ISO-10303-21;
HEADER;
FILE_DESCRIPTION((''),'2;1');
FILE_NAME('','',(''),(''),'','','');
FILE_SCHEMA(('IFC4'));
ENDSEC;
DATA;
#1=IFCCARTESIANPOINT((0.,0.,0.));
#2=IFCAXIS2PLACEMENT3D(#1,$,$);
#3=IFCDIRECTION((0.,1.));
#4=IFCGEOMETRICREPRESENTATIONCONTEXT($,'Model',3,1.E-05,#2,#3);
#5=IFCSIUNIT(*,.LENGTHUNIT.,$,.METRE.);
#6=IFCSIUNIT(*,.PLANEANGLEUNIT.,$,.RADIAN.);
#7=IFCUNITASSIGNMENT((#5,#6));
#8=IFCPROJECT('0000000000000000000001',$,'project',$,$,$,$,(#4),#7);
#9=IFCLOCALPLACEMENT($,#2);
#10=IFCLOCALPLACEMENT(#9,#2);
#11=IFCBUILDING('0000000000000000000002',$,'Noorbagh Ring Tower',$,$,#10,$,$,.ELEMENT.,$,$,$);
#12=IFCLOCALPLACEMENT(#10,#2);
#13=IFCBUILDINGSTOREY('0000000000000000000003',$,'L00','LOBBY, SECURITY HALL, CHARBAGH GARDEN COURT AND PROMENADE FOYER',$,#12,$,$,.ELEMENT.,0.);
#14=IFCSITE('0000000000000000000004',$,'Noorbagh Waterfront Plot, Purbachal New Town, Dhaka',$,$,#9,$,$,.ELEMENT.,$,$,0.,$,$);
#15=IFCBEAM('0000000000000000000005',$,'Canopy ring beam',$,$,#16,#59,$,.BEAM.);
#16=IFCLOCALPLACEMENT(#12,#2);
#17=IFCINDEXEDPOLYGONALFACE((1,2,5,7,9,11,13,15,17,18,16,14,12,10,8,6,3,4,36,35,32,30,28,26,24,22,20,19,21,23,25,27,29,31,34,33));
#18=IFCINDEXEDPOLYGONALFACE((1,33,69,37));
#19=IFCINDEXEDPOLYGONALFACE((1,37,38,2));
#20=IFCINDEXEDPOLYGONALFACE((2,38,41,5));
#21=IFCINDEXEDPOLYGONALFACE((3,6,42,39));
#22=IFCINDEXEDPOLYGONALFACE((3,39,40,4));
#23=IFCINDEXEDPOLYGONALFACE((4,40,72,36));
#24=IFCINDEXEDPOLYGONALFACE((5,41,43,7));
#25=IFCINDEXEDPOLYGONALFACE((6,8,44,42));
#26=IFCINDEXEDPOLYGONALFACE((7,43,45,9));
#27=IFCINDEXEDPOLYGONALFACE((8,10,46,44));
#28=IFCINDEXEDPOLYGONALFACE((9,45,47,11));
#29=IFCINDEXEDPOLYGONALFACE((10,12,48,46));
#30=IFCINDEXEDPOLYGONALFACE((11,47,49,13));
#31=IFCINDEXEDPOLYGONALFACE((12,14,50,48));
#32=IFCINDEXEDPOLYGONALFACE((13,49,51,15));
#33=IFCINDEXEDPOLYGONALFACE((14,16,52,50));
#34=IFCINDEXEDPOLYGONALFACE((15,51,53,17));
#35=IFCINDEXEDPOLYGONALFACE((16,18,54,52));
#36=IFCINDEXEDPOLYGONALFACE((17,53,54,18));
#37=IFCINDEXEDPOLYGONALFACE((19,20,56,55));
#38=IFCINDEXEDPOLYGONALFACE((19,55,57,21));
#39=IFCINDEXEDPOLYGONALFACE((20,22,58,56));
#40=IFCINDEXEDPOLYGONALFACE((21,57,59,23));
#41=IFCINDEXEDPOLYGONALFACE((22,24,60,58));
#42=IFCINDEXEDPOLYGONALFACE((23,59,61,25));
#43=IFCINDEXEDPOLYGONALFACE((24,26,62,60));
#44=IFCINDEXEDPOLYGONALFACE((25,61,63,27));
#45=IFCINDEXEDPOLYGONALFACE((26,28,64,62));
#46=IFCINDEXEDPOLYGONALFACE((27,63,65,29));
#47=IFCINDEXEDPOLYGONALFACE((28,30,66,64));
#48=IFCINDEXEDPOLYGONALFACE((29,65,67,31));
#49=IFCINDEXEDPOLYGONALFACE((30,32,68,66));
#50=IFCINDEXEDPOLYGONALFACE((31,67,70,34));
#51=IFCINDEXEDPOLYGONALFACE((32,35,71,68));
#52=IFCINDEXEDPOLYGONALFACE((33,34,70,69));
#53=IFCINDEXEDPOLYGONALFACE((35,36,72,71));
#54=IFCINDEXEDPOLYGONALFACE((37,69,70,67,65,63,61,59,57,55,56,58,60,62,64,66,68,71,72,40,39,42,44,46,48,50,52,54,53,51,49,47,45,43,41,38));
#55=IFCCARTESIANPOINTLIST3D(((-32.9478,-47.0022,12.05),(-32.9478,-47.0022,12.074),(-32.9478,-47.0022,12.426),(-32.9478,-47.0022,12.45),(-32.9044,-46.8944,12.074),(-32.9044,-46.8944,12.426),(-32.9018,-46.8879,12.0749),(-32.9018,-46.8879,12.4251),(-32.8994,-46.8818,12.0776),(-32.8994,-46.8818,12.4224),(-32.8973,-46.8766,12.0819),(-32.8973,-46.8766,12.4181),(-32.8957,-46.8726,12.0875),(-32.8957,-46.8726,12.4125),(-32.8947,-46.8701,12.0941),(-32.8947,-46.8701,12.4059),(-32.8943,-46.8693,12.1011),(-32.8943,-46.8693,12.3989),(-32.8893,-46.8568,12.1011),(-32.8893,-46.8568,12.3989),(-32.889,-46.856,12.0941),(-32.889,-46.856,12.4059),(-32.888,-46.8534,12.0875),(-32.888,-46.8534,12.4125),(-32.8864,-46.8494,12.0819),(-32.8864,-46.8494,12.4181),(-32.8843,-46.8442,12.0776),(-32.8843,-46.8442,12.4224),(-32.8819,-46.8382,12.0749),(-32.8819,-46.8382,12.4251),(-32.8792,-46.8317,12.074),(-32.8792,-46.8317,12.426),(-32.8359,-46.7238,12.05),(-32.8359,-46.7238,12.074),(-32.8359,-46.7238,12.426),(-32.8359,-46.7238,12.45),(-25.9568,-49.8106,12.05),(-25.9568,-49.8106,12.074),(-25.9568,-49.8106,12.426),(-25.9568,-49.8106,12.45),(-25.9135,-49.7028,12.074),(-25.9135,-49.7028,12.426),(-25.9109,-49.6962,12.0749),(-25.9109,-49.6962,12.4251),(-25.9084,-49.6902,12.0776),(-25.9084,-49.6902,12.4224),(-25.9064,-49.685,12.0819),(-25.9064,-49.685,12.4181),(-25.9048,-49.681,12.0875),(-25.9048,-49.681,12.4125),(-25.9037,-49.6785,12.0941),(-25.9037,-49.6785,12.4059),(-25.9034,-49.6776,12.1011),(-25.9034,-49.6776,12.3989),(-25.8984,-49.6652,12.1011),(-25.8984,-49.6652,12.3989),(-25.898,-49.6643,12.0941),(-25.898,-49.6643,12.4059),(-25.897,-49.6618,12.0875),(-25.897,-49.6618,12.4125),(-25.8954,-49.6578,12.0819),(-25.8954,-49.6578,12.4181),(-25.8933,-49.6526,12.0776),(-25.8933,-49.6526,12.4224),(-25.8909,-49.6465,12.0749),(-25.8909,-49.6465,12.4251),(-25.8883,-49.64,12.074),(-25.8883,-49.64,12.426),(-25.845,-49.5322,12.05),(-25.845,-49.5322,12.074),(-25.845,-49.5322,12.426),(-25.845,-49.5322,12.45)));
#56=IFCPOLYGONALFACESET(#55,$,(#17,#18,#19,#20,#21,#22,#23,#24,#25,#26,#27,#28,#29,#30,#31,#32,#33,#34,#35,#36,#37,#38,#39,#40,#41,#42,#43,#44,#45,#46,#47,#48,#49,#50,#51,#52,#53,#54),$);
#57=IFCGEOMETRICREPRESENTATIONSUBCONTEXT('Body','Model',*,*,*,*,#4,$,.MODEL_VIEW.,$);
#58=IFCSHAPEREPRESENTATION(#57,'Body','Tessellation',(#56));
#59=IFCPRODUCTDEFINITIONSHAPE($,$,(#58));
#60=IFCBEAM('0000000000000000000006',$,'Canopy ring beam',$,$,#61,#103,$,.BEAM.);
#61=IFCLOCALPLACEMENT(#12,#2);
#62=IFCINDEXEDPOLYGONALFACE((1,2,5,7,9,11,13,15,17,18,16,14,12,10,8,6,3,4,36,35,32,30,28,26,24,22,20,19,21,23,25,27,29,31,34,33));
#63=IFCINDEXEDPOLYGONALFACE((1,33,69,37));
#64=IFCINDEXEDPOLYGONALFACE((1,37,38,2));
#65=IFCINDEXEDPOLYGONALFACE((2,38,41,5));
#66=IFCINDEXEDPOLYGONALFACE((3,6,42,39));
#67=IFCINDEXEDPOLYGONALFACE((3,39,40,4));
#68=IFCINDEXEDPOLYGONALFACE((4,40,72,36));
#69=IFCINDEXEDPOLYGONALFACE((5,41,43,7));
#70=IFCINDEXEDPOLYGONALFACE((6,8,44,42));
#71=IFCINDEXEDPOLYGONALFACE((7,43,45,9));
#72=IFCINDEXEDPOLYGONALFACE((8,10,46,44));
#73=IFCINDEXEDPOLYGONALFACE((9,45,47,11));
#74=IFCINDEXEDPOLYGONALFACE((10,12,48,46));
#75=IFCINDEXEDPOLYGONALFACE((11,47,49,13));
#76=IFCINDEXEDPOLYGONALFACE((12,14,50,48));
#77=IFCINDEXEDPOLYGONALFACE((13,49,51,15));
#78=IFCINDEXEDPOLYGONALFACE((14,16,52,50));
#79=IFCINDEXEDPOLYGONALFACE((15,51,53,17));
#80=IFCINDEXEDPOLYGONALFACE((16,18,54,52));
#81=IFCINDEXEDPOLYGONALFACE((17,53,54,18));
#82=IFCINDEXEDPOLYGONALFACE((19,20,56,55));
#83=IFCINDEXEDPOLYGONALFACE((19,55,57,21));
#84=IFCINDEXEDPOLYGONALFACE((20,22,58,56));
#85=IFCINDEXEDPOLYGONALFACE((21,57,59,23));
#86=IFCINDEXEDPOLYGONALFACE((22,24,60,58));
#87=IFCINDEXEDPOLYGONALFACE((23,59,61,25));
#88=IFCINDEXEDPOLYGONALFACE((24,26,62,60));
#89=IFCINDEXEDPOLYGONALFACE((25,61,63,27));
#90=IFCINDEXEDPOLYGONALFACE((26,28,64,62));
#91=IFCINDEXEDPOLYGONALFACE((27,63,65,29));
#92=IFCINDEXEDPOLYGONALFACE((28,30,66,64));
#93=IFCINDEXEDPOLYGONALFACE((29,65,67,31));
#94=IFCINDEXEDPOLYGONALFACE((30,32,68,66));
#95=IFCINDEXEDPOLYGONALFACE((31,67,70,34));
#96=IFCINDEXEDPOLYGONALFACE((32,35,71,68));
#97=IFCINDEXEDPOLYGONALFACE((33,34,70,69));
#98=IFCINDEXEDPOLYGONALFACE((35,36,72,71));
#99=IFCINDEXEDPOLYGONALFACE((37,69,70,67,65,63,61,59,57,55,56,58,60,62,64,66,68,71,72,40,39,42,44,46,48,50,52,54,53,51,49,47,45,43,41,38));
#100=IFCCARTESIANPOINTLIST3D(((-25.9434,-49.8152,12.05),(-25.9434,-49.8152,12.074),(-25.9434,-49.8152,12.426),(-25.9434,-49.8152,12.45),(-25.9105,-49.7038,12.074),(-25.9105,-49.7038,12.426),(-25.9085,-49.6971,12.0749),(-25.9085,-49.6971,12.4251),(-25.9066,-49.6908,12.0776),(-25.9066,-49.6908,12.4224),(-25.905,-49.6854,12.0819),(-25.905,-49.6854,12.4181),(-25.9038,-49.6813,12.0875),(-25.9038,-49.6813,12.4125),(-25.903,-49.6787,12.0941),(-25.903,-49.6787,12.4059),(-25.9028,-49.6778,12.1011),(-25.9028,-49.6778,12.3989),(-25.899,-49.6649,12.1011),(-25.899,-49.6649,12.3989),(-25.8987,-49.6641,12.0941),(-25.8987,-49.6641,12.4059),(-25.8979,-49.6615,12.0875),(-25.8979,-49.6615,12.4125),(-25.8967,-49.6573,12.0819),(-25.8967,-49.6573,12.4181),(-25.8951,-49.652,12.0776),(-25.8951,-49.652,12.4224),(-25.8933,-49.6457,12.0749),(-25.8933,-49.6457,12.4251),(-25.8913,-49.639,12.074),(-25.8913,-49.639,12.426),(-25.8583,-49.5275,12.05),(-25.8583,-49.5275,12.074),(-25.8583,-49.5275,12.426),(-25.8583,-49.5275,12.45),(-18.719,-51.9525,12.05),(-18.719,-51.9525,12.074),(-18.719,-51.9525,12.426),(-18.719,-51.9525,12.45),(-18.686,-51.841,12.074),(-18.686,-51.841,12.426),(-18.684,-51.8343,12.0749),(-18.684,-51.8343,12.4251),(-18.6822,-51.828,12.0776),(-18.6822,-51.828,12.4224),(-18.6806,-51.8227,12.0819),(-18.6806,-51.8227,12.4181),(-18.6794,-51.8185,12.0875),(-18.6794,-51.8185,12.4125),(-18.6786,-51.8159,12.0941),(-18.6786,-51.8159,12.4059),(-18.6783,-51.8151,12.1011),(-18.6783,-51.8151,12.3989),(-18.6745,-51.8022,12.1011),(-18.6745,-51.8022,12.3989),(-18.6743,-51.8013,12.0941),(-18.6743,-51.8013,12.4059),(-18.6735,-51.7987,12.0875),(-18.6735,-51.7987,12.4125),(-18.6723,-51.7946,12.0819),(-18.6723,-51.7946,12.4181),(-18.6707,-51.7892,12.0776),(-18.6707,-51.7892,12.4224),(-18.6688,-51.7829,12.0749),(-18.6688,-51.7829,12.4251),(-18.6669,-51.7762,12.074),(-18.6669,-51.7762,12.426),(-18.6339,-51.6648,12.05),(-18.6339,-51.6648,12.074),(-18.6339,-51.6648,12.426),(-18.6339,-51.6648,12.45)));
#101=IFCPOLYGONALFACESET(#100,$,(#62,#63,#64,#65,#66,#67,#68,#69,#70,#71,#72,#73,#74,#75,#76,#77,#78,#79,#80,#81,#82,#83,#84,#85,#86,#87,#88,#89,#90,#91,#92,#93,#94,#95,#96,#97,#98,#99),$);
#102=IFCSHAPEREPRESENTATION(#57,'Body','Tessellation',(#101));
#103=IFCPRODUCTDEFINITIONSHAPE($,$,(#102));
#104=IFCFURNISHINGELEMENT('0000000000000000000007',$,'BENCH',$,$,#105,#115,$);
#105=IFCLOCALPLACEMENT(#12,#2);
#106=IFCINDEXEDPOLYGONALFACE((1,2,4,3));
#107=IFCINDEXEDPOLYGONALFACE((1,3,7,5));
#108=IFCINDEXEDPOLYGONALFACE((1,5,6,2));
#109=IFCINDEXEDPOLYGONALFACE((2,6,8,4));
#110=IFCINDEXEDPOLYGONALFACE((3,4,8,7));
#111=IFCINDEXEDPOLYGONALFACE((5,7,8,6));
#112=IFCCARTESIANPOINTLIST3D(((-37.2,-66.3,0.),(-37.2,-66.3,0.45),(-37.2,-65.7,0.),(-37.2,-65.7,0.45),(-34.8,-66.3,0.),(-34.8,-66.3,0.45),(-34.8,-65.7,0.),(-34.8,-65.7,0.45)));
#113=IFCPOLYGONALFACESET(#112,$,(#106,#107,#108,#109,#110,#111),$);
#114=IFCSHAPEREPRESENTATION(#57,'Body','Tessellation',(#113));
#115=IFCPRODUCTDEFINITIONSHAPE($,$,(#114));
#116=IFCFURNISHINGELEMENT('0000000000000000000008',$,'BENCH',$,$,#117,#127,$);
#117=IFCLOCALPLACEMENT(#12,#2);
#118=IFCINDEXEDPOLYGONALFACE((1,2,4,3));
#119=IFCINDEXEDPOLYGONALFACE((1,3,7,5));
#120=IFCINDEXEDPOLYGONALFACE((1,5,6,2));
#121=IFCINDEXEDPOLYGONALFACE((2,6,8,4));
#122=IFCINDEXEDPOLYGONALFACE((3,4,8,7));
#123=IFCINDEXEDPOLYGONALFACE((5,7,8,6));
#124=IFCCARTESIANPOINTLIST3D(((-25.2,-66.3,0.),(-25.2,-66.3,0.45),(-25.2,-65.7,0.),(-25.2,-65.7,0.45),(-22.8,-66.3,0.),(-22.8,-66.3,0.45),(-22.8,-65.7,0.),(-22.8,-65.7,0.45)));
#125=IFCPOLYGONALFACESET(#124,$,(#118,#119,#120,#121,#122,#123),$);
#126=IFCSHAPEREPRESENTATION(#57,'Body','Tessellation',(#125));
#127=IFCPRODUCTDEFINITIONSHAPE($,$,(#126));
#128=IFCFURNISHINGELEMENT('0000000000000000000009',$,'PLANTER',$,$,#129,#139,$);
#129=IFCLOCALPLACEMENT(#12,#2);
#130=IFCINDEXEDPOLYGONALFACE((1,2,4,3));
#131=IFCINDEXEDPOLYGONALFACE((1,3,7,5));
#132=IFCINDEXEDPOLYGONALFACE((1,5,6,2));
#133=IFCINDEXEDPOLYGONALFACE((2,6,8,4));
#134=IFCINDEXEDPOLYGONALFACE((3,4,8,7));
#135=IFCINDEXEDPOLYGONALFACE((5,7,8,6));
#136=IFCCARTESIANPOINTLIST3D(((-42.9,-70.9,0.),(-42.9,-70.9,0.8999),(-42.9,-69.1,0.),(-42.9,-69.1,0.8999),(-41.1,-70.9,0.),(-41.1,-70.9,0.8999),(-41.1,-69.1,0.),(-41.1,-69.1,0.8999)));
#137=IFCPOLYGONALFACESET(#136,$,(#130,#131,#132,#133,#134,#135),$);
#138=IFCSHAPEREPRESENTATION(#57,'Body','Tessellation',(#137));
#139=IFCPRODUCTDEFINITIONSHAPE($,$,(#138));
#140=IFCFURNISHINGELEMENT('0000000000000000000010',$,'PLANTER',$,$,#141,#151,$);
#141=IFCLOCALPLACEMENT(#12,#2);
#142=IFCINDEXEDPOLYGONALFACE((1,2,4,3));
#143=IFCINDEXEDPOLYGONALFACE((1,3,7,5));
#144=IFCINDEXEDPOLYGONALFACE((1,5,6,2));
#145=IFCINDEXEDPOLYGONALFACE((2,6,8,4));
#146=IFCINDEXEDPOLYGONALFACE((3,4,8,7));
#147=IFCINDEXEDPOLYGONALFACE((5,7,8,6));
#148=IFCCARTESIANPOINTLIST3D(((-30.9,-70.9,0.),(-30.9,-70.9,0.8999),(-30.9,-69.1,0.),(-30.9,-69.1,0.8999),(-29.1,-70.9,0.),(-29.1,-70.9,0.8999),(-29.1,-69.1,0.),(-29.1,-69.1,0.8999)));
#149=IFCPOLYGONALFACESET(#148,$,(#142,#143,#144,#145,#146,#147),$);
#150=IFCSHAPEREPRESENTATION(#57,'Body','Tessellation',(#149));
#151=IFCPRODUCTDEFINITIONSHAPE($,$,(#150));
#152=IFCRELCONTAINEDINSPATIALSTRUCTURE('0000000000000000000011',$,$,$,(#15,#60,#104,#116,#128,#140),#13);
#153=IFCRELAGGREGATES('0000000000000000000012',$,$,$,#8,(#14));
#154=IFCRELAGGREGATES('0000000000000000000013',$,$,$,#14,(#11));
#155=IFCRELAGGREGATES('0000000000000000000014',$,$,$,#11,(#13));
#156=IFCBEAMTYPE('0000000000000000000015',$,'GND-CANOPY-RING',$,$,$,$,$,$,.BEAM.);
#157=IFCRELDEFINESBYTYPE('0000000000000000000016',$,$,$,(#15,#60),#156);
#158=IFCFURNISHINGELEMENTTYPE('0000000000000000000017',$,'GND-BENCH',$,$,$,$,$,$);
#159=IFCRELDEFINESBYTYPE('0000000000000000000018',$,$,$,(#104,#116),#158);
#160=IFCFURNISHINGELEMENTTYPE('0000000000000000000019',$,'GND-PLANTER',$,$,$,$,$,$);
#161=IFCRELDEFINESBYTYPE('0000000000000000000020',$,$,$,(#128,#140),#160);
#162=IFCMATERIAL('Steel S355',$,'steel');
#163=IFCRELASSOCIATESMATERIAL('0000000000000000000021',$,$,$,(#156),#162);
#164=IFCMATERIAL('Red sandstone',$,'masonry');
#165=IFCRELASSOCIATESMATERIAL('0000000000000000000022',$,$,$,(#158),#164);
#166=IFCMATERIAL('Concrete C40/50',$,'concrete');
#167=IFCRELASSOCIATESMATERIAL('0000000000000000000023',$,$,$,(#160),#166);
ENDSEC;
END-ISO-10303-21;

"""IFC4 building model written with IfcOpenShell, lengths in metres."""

from ifc_helpers import new_model, si_unit, direction, frame, origin, origin_2d, place, context, subcontext, project, spatial, rectangle, i_section, extrude, material, material_profile, profile_set, type_object, element, save


model = new_model("IFC4")

# Units and contexts
model_context = context("Model", 3, precision=1e-05, world=origin(), true_north=direction((0.0, 1.0)))
body_context = subcontext(model_context, "Body", "Model", "MODEL_VIEW")
ifc_project = project(units=[si_unit("LENGTHUNIT", "METRE"), si_unit("PLANEANGLEUNIT", "RADIAN")], contexts=[model_context])

# Site, building, storey
site_placement = place(None, origin())
site = spatial("IfcSite", under=ifc_project, at=site_placement, Name="Noorbagh Waterfront Plot, Purbachal New Town, Dhaka", CompositionType="ELEMENT", RefElevation=0.0)
building_placement = place(site_placement, origin())
building = spatial("IfcBuilding", under=site, at=building_placement, Name="Noorbagh Ring Tower", CompositionType="ELEMENT")
storey_placement = place(building_placement, origin())
storey = spatial("IfcBuildingStorey", under=building, at=storey_placement, Name="L00", Description="LOBBY, SECURITY HALL, CHARBAGH GARDEN COURT AND PROMENADE FOYER", CompositionType="ELEMENT", Elevation=0.0)

# Beams
ifc_material_1 = material(Name="Steel S355", Category="steel")
ifc_material_profile_1 = material_profile(ifc_material_1, i_section(OverallWidth=0.3, OverallDepth=0.3999, WebThickness=0.0134, FlangeThickness=0.0239, FilletRadius=0.0271, at=origin_2d()), Name="HEB400")
ifc_profile_set_1 = profile_set([ifc_material_profile_1], Name="Steel S355")
beam_type = type_object("IfcBeamType", Name="GND-CANOPY-RING", PredefinedType="BEAM", material=ifc_profile_set_1)
for number, where, z_axis, x_axis, name in (
    (1, (-32.8918, -46.863, 12.25), (0.927928, -0.372759, 0.0), (0.372759, 0.927928, 0.0), "Canopy ring beam"),
    (2, (-25.9009, -49.6714, 12.25), (0.958919, -0.28368, 0.0), (0.28368, 0.958919, 0.0), "Canopy ring beam"),
):
    element("IfcBeam", number, at=place(storey_placement, frame(where, z_axis=z_axis, x_axis=x_axis)), inside=storey, type_object=beam_type, Name=name, PredefinedType="BEAM", context=body_context, shape_type="SweptSolid", body=[
        extrude(i_section(OverallWidth=0.3, OverallDepth=0.3999, WebThickness=0.0134, FlangeThickness=0.0239, FilletRadius=0.0271, at=origin_2d()), origin(), (0.0, 0.0, 1.0), 7.5339),
    ])

# Furnishing elements
ifc_material_2 = material(Name="Red sandstone", Category="masonry")
furnishing_element_type_1 = type_object("IfcFurnishingElementType", Name="GND-BENCH", material=ifc_material_2)
for number, where, z_axis, x_axis, name in (
    (3, (-36.0, -66.0, 0.0), (0.0, 0.0, 1.0), (1.0, 0.0, 0.0), "BENCH"),
    (4, (-24.0, -66.0, 0.0), (0.0, 0.0, 1.0), (1.0, 0.0, 0.0), "BENCH"),
):
    element("IfcFurnishingElement", number, at=place(storey_placement, frame(where, z_axis=z_axis, x_axis=x_axis)), inside=storey, type_object=furnishing_element_type_1, Name=name, context=body_context, shape_type="SweptSolid", body=[
        extrude(rectangle(XDim=2.3999, YDim=0.6001, at=origin_2d()), origin(), (0.0, 0.0, 1.0), 0.45),
    ])
ifc_material_3 = material(Name="Concrete C40/50", Category="concrete")
furnishing_element_type_2 = type_object("IfcFurnishingElementType", Name="GND-PLANTER", material=ifc_material_3)
for number, where, z_axis, x_axis, name in (
    (5, (-42.0, -70.0, 0.0), (0.0, 0.0, 1.0), (1.0, 0.0, 0.0), "PLANTER"),
    (6, (-30.0, -70.0, 0.0), (0.0, 0.0, 1.0), (1.0, 0.0, 0.0), "PLANTER"),
):
    element("IfcFurnishingElement", number, at=place(storey_placement, frame(where, z_axis=z_axis, x_axis=x_axis)), inside=storey, type_object=furnishing_element_type_2, Name=name, context=body_context, shape_type="SweptSolid", body=[
        extrude(rectangle(XDim=1.8, YDim=1.8, at=origin_2d()), origin(), (0.0, 0.0, 1.0), 0.8999),
    ])

save(model, "model.ifc")
